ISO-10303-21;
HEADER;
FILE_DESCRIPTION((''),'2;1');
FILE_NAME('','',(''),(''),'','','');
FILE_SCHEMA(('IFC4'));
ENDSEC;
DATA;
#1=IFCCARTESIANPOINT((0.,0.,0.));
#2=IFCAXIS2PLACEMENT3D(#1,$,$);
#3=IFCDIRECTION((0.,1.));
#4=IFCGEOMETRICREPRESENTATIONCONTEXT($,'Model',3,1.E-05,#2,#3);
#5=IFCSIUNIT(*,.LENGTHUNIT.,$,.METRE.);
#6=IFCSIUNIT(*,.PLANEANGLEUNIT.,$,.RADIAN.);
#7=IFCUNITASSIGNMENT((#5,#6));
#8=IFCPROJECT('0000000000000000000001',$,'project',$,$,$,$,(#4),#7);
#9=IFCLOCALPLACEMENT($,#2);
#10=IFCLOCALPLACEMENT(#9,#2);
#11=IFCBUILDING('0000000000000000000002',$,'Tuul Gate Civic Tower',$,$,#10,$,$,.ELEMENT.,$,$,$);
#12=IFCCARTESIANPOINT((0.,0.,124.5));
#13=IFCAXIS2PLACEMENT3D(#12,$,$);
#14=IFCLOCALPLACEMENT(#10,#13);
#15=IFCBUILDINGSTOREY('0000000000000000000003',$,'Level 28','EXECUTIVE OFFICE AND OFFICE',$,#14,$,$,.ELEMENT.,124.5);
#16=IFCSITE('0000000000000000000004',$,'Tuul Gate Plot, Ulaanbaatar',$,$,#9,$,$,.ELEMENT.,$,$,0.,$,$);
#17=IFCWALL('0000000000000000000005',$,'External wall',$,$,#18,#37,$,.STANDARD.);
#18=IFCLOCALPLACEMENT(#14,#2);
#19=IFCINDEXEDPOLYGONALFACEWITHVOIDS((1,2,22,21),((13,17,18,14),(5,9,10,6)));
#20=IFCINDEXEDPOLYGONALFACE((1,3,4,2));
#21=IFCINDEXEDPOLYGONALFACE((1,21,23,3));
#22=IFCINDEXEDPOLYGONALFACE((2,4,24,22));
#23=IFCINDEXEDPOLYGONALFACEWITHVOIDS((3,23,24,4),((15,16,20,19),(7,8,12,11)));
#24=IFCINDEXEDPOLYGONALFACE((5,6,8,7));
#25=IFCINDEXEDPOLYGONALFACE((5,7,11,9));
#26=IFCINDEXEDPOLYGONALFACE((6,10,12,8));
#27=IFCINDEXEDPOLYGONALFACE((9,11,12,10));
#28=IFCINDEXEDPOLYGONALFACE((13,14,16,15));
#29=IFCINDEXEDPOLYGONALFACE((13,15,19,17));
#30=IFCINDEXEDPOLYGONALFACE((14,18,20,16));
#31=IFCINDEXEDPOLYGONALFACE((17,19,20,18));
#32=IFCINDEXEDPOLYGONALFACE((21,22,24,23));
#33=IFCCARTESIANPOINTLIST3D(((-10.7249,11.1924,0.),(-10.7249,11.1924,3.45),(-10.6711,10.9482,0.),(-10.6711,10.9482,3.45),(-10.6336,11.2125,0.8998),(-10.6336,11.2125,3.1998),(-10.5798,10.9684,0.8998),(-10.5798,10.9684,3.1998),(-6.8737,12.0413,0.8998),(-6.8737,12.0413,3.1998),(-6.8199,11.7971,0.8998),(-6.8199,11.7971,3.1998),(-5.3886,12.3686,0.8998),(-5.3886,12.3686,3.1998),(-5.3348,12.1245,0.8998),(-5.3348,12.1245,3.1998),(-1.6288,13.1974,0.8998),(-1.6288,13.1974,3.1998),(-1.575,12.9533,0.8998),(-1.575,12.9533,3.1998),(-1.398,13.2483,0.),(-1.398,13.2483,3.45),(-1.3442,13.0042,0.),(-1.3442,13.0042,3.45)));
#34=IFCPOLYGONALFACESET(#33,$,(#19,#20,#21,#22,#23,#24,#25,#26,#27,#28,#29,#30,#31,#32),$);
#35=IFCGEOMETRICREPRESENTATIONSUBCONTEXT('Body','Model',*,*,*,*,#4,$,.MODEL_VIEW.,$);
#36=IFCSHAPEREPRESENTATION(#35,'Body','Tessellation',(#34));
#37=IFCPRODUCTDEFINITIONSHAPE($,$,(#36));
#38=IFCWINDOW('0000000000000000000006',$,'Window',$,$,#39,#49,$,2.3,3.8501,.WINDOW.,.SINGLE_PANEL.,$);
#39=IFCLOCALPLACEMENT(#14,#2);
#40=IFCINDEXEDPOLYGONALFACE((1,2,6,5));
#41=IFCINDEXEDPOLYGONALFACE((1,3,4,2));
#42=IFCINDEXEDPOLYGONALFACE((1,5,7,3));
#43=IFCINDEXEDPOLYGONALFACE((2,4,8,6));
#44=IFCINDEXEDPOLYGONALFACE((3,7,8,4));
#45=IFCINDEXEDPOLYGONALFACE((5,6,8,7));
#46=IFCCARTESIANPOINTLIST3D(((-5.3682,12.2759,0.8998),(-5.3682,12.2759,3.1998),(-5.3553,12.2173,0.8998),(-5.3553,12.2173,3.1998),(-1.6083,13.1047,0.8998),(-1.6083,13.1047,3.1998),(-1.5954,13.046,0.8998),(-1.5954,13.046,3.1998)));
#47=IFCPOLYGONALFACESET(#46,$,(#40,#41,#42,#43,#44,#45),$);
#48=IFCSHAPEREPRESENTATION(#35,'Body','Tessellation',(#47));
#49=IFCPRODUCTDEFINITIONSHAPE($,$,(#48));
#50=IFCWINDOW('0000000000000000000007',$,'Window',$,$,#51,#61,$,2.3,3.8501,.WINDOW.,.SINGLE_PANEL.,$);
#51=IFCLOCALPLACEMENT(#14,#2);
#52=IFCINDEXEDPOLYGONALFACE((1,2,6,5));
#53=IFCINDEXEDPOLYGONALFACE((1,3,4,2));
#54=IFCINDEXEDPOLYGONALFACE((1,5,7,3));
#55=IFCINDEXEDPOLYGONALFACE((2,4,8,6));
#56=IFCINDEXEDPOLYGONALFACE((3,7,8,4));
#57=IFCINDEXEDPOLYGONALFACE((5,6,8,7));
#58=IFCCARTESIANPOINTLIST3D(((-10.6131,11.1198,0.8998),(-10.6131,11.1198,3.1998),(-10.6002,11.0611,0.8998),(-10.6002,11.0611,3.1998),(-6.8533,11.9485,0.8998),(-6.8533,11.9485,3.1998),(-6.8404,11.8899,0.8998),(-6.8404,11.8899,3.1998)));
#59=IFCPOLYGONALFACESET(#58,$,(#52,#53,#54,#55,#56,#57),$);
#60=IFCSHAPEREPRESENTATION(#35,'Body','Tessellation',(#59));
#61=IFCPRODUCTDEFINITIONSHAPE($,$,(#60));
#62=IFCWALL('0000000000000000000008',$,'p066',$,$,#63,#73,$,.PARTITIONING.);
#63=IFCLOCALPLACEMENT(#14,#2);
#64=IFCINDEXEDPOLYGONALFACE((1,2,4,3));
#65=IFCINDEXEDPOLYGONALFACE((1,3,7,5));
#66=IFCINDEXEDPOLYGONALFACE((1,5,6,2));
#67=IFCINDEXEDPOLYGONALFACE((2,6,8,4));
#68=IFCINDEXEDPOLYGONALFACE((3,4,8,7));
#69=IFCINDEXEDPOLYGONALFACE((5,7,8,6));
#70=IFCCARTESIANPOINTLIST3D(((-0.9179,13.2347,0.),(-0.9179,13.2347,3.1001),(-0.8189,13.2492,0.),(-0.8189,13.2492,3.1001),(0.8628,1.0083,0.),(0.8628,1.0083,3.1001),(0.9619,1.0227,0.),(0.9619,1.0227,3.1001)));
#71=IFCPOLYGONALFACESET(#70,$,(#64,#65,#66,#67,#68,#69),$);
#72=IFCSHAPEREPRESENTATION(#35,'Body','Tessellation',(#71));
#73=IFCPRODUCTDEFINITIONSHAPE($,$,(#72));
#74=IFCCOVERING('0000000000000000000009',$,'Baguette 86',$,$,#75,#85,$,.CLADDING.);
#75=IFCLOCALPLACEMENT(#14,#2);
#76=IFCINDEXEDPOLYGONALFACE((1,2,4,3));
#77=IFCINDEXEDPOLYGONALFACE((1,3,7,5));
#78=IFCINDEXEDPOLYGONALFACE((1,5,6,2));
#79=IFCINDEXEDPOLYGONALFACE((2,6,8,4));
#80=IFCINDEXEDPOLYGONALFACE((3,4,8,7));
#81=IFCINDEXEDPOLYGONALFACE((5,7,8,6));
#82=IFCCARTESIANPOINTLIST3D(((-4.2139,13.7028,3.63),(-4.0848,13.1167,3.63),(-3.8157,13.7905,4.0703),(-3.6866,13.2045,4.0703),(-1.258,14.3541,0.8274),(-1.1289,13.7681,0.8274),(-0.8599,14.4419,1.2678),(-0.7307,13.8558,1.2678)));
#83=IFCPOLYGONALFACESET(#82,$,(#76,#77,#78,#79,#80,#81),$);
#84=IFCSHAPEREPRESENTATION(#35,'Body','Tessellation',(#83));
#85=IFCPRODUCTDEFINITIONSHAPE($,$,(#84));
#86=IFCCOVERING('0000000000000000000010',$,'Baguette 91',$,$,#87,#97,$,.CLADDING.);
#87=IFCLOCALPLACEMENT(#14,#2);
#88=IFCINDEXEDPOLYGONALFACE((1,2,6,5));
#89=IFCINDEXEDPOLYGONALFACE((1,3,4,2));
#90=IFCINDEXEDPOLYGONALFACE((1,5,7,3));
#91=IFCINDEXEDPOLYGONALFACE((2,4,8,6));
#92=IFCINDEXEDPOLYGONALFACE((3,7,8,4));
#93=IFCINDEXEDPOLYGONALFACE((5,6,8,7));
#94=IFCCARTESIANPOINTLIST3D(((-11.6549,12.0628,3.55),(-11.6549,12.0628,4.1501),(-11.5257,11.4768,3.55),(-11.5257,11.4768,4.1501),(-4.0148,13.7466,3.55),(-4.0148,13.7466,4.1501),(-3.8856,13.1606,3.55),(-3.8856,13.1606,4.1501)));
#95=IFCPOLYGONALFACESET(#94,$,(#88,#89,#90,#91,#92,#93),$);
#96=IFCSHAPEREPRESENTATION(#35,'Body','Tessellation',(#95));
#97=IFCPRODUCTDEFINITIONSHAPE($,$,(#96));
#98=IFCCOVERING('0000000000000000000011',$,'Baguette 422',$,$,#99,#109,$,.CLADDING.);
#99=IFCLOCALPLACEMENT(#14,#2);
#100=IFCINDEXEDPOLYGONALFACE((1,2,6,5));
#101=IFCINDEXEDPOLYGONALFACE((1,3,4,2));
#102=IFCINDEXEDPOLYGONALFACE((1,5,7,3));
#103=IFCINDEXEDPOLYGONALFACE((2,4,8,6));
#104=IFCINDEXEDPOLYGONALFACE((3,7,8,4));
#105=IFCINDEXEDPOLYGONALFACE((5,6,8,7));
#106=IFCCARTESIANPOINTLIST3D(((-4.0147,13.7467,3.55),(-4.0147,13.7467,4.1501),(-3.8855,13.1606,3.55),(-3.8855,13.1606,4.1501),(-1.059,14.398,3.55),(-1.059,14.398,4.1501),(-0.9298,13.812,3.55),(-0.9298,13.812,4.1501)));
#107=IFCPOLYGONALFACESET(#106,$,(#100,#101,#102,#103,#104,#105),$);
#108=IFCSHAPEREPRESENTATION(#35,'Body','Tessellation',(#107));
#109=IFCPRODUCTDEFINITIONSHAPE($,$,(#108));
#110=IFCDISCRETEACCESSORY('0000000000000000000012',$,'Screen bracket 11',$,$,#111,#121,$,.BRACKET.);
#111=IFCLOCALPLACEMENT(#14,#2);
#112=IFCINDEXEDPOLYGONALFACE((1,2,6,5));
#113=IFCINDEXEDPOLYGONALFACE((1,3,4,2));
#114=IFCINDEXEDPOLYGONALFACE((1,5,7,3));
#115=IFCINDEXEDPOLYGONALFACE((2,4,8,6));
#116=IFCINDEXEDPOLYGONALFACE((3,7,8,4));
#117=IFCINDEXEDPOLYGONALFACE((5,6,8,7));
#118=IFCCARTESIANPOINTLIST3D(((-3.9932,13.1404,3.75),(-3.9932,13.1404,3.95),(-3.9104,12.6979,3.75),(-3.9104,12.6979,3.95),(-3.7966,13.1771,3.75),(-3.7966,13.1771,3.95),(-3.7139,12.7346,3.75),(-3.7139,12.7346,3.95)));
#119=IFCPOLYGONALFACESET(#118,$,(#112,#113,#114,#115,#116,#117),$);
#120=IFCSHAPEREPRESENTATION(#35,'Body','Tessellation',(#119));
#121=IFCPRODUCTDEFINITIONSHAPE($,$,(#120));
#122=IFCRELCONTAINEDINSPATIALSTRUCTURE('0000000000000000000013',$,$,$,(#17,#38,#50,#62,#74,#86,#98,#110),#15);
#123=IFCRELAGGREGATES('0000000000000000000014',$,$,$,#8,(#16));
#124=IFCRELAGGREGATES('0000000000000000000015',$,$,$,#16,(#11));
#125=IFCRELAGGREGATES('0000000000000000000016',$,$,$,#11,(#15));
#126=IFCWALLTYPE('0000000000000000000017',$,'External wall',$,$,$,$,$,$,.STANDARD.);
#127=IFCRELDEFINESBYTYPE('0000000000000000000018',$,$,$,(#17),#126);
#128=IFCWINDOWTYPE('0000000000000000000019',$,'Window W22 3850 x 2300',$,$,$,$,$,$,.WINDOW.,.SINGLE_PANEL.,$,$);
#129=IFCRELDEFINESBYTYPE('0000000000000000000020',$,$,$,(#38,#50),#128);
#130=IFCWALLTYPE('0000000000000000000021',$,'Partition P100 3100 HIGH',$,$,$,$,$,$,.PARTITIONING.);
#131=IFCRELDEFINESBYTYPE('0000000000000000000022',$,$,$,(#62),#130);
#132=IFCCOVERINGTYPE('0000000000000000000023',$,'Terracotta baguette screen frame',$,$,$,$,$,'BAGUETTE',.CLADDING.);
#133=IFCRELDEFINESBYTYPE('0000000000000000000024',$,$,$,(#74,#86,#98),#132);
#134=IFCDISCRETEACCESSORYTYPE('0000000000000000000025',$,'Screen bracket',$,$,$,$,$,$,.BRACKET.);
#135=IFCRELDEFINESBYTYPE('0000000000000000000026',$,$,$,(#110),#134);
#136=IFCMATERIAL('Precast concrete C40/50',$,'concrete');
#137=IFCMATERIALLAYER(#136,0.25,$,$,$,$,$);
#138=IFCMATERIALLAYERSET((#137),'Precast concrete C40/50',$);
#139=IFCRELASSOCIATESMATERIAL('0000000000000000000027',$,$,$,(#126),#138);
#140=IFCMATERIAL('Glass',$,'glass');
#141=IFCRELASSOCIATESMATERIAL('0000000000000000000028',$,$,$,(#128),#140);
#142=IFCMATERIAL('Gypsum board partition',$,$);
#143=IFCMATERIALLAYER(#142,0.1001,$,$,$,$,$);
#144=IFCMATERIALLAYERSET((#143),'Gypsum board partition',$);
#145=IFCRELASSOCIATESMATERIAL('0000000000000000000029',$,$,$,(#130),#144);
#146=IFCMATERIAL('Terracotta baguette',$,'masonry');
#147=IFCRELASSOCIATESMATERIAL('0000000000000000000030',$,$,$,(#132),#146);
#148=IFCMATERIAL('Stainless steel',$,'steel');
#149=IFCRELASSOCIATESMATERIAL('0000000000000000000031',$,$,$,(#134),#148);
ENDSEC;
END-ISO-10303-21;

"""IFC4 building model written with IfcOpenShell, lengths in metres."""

from ifc_helpers import new_model, si_unit, direction, frame, frame_2d, origin, origin_2d, place, context, subcontext, project, spatial, rectangle, extrude, material, layer, layer_set, material_profile, profile_set, type_object, element, fill, save


model = new_model("IFC4")

# Units and contexts
model_context = context("Model", 3, precision=1e-05, world=origin(), true_north=direction((0.0, 1.0)))
body_context = subcontext(model_context, "Body", "Model", "MODEL_VIEW")
ifc_project = project(units=[si_unit("LENGTHUNIT", "METRE"), si_unit("PLANEANGLEUNIT", "RADIAN")], contexts=[model_context])

# Site, building, storey
site_placement = place(None, origin())
site = spatial("IfcSite", under=ifc_project, at=site_placement, Name="Tuul Gate Plot, Ulaanbaatar", CompositionType="ELEMENT", RefElevation=0.0)
building_placement = place(site_placement, origin())
building = spatial("IfcBuilding", under=site, at=building_placement, Name="Tuul Gate Civic Tower", CompositionType="ELEMENT")
storey_placement = place(building_placement, frame((0.0, 0.0, 124.5)))
storey = spatial("IfcBuildingStorey", under=building, at=storey_placement, Name="Level 28", Description="EXECUTIVE OFFICE AND OFFICE", CompositionType="ELEMENT", Elevation=124.5)

# Wall, openings, windows
ifc_material_1 = material(Name="Precast concrete C40/50", Category="concrete")
ifc_layer_1 = layer(ifc_material_1, 0.25)
ifc_layer_set_1 = layer_set([ifc_layer_1], Name="Precast concrete C40/50")
wall_type_1 = type_object("IfcWallType", Name="External wall", PredefinedType="STANDARD", material=ifc_layer_set_1)
wall_1_placement = place(storey_placement, frame((-1.3711, 13.1262, 0.0), z_axis=(0.0, 0.0, 1.0), x_axis=(-0.976557, -0.21526, 0.0)))
wall_1 = element("IfcWall", 1, at=wall_1_placement, inside=storey, type_object=wall_type_1, Name="External wall", PredefinedType="STANDARD", context=body_context, shape_type="SweptSolid", body=[
    extrude(rectangle(XDim=9.5508, YDim=0.25, at=frame_2d((4.7754, 0.0))), origin(), (0.0, 0.0, 1.0), 3.45),
])
opening_1_placement = place(wall_1_placement, frame((0.2363, 0.0, 0.8999)))
opening_1 = element("IfcOpeningElement", 2, at=opening_1_placement, cuts=wall_1, PredefinedType="OPENING", context=body_context, shape_type="SweptSolid", body=[
    extrude(rectangle(XDim=3.8501, YDim=2.3, at=frame_2d((1.925, 1.1499))), frame((0.0, 0.135, 0.0), z_axis=(0.0, -1.0, 0.0), x_axis=(1.0, 0.0, 0.0)), (0.0, 0.0, 1.0), 0.27),
])
opening_2_placement = place(wall_1_placement, frame((5.6072, 0.0, 0.8999)))
opening_2 = element("IfcOpeningElement", 3, at=opening_2_placement, cuts=wall_1, PredefinedType="OPENING", context=body_context, shape_type="SweptSolid", body=[
    extrude(rectangle(XDim=3.8501, YDim=2.3, at=frame_2d((1.925, 1.1499))), frame((0.0, 0.135, 0.0), z_axis=(0.0, -1.0, 0.0), x_axis=(1.0, 0.0, 0.0)), (0.0, 0.0, 1.0), 0.27),
])
ifc_material_2 = material(Name="Glass", Category="glass")
window_type = type_object("IfcWindowType", Name="Window W22 3850 x 2300", PartitioningType="SINGLE_PANEL", PredefinedType="WINDOW", material=ifc_material_2)
window_1_placement = place(opening_1_placement, origin())
window_1 = element("IfcWindow", 4, at=window_1_placement, inside=storey, type_object=window_type, Name="Window", OverallHeight=2.3, OverallWidth=3.8501, PartitioningType="SINGLE_PANEL", PredefinedType="WINDOW", context=body_context, shape_type="SweptSolid", body=[
    extrude(rectangle(XDim=3.8501, YDim=2.3, at=frame_2d((1.925, 1.1499))), frame((0.0, 0.03, 0.0), z_axis=(0.0, -1.0, 0.0), x_axis=(1.0, 0.0, 0.0)), (0.0, 0.0, 1.0), 0.0601),
])
fill(opening_1, window_1)
window_2_placement = place(opening_2_placement, origin())
window_2 = element("IfcWindow", 5, at=window_2_placement, inside=storey, type_object=window_type, Name="Window", OverallHeight=2.3, OverallWidth=3.8501, PartitioningType="SINGLE_PANEL", PredefinedType="WINDOW", context=body_context, shape_type="SweptSolid", body=[
    extrude(rectangle(XDim=3.8501, YDim=2.3, at=frame_2d((1.925, 1.1499))), frame((0.0, 0.03, 0.0), z_axis=(0.0, -1.0, 0.0), x_axis=(1.0, 0.0, 0.0)), (0.0, 0.0, 1.0), 0.0601),
])
fill(opening_2, window_2)

# Wall
ifc_material_3 = material(Name="Gypsum board partition")
ifc_layer_2 = layer(ifc_material_3, 0.1001)
ifc_layer_set_2 = layer_set([ifc_layer_2], Name="Gypsum board partition")
wall_type_2 = type_object("IfcWallType", Name="Partition P100 3100 HIGH", PredefinedType="PARTITIONING", material=ifc_layer_set_2)
wall_2_placement = place(storey_placement, frame((-0.8684, 13.2419, 0.0), z_axis=(0.0, 0.0, 1.0), x_axis=(0.144126, -0.989559, 0.0)))
element("IfcWall", 6, at=wall_2_placement, inside=storey, type_object=wall_type_2, Name="p066", PredefinedType="PARTITIONING", context=body_context, shape_type="SweptSolid", body=[
    extrude(rectangle(XDim=12.3555, YDim=0.1001, at=frame_2d((6.1777, 0.0))), origin(), (0.0, 0.0, 1.0), 3.1001),
])

# Coverings
ifc_material_4 = material(Name="Terracotta baguette", Category="masonry")
ifc_material_profile_1 = material_profile(ifc_material_4, rectangle(XDim=0.6001, YDim=0.6001, at=origin_2d()), Name="Terracotta baguette screen frame")
ifc_profile_set_1 = profile_set([ifc_material_profile_1], Name="Terracotta baguette")
covering_type = type_object("IfcCoveringType", Name="Terracotta baguette screen frame", ElementType="BAGUETTE", PredefinedType="CLADDING", material=ifc_profile_set_1)
covering_1_placement = place(storey_placement, frame((-0.9944, 14.105, 1.0476), z_axis=(-0.716572, -0.15791, 0.679403), x_axis=(0.215205, -0.976569, 0.0)))
element("IfcCovering", 7, at=covering_1_placement, inside=storey, type_object=covering_type, Name="Baguette 86", PredefinedType="CLADDING", context=body_context, shape_type="SweptSolid", body=[
    extrude(rectangle(XDim=0.6001, YDim=0.6001, at=origin_2d()), origin(), (0.0, 0.0, 1.0), 4.125),
])
covering_2_placement = place(storey_placement, frame((-3.9502, 13.4536, 3.8501), z_axis=(-0.976564, -0.215228, 0.0), x_axis=(0.215228, -0.976564, 0.0)))
element("IfcCovering", 8, at=covering_2_placement, inside=storey, type_object=covering_type, Name="Baguette 91", PredefinedType="CLADDING", context=body_context, shape_type="SweptSolid", body=[
    extrude(rectangle(XDim=0.6001, YDim=0.6001, at=origin_2d()), origin(), (0.0, 0.0, 1.0), 7.8235),
])
covering_3_placement = place(storey_placement, frame((-0.9944, 14.105, 3.8501), z_axis=(-0.976569, -0.215205, 0.0), x_axis=(0.215205, -0.976569, 0.0)))
element("IfcCovering", 9, at=covering_3_placement, inside=storey, type_object=covering_type, Name="Baguette 422", PredefinedType="CLADDING", context=body_context, shape_type="SweptSolid", body=[
    extrude(rectangle(XDim=0.6001, YDim=0.6001, at=origin_2d()), origin(), (0.0, 0.0, 1.0), 3.0266),
])

# Discrete accessory
ifc_material_5 = material(Name="Stainless steel", Category="steel")
discrete_accessory_type = type_object("IfcDiscreteAccessoryType", Name="Screen bracket", PredefinedType="BRACKET", material=ifc_material_5)
discrete_accessory_placement = place(storey_placement, frame((-3.8535, 12.9375, 3.75), z_axis=(0.0, 0.0, 1.0), x_axis=(-0.183878, 0.982949, 0.0)))
element("IfcDiscreteAccessory", 10, at=discrete_accessory_placement, inside=storey, type_object=discrete_accessory_type, Name="Screen bracket 11", PredefinedType="BRACKET", context=body_context, shape_type="SweptSolid", body=[
    extrude(rectangle(XDim=0.4502, YDim=0.2, at=origin_2d()), origin(), (0.0, 0.0, 1.0), 0.2),
])

save(model, "model.ifc")
